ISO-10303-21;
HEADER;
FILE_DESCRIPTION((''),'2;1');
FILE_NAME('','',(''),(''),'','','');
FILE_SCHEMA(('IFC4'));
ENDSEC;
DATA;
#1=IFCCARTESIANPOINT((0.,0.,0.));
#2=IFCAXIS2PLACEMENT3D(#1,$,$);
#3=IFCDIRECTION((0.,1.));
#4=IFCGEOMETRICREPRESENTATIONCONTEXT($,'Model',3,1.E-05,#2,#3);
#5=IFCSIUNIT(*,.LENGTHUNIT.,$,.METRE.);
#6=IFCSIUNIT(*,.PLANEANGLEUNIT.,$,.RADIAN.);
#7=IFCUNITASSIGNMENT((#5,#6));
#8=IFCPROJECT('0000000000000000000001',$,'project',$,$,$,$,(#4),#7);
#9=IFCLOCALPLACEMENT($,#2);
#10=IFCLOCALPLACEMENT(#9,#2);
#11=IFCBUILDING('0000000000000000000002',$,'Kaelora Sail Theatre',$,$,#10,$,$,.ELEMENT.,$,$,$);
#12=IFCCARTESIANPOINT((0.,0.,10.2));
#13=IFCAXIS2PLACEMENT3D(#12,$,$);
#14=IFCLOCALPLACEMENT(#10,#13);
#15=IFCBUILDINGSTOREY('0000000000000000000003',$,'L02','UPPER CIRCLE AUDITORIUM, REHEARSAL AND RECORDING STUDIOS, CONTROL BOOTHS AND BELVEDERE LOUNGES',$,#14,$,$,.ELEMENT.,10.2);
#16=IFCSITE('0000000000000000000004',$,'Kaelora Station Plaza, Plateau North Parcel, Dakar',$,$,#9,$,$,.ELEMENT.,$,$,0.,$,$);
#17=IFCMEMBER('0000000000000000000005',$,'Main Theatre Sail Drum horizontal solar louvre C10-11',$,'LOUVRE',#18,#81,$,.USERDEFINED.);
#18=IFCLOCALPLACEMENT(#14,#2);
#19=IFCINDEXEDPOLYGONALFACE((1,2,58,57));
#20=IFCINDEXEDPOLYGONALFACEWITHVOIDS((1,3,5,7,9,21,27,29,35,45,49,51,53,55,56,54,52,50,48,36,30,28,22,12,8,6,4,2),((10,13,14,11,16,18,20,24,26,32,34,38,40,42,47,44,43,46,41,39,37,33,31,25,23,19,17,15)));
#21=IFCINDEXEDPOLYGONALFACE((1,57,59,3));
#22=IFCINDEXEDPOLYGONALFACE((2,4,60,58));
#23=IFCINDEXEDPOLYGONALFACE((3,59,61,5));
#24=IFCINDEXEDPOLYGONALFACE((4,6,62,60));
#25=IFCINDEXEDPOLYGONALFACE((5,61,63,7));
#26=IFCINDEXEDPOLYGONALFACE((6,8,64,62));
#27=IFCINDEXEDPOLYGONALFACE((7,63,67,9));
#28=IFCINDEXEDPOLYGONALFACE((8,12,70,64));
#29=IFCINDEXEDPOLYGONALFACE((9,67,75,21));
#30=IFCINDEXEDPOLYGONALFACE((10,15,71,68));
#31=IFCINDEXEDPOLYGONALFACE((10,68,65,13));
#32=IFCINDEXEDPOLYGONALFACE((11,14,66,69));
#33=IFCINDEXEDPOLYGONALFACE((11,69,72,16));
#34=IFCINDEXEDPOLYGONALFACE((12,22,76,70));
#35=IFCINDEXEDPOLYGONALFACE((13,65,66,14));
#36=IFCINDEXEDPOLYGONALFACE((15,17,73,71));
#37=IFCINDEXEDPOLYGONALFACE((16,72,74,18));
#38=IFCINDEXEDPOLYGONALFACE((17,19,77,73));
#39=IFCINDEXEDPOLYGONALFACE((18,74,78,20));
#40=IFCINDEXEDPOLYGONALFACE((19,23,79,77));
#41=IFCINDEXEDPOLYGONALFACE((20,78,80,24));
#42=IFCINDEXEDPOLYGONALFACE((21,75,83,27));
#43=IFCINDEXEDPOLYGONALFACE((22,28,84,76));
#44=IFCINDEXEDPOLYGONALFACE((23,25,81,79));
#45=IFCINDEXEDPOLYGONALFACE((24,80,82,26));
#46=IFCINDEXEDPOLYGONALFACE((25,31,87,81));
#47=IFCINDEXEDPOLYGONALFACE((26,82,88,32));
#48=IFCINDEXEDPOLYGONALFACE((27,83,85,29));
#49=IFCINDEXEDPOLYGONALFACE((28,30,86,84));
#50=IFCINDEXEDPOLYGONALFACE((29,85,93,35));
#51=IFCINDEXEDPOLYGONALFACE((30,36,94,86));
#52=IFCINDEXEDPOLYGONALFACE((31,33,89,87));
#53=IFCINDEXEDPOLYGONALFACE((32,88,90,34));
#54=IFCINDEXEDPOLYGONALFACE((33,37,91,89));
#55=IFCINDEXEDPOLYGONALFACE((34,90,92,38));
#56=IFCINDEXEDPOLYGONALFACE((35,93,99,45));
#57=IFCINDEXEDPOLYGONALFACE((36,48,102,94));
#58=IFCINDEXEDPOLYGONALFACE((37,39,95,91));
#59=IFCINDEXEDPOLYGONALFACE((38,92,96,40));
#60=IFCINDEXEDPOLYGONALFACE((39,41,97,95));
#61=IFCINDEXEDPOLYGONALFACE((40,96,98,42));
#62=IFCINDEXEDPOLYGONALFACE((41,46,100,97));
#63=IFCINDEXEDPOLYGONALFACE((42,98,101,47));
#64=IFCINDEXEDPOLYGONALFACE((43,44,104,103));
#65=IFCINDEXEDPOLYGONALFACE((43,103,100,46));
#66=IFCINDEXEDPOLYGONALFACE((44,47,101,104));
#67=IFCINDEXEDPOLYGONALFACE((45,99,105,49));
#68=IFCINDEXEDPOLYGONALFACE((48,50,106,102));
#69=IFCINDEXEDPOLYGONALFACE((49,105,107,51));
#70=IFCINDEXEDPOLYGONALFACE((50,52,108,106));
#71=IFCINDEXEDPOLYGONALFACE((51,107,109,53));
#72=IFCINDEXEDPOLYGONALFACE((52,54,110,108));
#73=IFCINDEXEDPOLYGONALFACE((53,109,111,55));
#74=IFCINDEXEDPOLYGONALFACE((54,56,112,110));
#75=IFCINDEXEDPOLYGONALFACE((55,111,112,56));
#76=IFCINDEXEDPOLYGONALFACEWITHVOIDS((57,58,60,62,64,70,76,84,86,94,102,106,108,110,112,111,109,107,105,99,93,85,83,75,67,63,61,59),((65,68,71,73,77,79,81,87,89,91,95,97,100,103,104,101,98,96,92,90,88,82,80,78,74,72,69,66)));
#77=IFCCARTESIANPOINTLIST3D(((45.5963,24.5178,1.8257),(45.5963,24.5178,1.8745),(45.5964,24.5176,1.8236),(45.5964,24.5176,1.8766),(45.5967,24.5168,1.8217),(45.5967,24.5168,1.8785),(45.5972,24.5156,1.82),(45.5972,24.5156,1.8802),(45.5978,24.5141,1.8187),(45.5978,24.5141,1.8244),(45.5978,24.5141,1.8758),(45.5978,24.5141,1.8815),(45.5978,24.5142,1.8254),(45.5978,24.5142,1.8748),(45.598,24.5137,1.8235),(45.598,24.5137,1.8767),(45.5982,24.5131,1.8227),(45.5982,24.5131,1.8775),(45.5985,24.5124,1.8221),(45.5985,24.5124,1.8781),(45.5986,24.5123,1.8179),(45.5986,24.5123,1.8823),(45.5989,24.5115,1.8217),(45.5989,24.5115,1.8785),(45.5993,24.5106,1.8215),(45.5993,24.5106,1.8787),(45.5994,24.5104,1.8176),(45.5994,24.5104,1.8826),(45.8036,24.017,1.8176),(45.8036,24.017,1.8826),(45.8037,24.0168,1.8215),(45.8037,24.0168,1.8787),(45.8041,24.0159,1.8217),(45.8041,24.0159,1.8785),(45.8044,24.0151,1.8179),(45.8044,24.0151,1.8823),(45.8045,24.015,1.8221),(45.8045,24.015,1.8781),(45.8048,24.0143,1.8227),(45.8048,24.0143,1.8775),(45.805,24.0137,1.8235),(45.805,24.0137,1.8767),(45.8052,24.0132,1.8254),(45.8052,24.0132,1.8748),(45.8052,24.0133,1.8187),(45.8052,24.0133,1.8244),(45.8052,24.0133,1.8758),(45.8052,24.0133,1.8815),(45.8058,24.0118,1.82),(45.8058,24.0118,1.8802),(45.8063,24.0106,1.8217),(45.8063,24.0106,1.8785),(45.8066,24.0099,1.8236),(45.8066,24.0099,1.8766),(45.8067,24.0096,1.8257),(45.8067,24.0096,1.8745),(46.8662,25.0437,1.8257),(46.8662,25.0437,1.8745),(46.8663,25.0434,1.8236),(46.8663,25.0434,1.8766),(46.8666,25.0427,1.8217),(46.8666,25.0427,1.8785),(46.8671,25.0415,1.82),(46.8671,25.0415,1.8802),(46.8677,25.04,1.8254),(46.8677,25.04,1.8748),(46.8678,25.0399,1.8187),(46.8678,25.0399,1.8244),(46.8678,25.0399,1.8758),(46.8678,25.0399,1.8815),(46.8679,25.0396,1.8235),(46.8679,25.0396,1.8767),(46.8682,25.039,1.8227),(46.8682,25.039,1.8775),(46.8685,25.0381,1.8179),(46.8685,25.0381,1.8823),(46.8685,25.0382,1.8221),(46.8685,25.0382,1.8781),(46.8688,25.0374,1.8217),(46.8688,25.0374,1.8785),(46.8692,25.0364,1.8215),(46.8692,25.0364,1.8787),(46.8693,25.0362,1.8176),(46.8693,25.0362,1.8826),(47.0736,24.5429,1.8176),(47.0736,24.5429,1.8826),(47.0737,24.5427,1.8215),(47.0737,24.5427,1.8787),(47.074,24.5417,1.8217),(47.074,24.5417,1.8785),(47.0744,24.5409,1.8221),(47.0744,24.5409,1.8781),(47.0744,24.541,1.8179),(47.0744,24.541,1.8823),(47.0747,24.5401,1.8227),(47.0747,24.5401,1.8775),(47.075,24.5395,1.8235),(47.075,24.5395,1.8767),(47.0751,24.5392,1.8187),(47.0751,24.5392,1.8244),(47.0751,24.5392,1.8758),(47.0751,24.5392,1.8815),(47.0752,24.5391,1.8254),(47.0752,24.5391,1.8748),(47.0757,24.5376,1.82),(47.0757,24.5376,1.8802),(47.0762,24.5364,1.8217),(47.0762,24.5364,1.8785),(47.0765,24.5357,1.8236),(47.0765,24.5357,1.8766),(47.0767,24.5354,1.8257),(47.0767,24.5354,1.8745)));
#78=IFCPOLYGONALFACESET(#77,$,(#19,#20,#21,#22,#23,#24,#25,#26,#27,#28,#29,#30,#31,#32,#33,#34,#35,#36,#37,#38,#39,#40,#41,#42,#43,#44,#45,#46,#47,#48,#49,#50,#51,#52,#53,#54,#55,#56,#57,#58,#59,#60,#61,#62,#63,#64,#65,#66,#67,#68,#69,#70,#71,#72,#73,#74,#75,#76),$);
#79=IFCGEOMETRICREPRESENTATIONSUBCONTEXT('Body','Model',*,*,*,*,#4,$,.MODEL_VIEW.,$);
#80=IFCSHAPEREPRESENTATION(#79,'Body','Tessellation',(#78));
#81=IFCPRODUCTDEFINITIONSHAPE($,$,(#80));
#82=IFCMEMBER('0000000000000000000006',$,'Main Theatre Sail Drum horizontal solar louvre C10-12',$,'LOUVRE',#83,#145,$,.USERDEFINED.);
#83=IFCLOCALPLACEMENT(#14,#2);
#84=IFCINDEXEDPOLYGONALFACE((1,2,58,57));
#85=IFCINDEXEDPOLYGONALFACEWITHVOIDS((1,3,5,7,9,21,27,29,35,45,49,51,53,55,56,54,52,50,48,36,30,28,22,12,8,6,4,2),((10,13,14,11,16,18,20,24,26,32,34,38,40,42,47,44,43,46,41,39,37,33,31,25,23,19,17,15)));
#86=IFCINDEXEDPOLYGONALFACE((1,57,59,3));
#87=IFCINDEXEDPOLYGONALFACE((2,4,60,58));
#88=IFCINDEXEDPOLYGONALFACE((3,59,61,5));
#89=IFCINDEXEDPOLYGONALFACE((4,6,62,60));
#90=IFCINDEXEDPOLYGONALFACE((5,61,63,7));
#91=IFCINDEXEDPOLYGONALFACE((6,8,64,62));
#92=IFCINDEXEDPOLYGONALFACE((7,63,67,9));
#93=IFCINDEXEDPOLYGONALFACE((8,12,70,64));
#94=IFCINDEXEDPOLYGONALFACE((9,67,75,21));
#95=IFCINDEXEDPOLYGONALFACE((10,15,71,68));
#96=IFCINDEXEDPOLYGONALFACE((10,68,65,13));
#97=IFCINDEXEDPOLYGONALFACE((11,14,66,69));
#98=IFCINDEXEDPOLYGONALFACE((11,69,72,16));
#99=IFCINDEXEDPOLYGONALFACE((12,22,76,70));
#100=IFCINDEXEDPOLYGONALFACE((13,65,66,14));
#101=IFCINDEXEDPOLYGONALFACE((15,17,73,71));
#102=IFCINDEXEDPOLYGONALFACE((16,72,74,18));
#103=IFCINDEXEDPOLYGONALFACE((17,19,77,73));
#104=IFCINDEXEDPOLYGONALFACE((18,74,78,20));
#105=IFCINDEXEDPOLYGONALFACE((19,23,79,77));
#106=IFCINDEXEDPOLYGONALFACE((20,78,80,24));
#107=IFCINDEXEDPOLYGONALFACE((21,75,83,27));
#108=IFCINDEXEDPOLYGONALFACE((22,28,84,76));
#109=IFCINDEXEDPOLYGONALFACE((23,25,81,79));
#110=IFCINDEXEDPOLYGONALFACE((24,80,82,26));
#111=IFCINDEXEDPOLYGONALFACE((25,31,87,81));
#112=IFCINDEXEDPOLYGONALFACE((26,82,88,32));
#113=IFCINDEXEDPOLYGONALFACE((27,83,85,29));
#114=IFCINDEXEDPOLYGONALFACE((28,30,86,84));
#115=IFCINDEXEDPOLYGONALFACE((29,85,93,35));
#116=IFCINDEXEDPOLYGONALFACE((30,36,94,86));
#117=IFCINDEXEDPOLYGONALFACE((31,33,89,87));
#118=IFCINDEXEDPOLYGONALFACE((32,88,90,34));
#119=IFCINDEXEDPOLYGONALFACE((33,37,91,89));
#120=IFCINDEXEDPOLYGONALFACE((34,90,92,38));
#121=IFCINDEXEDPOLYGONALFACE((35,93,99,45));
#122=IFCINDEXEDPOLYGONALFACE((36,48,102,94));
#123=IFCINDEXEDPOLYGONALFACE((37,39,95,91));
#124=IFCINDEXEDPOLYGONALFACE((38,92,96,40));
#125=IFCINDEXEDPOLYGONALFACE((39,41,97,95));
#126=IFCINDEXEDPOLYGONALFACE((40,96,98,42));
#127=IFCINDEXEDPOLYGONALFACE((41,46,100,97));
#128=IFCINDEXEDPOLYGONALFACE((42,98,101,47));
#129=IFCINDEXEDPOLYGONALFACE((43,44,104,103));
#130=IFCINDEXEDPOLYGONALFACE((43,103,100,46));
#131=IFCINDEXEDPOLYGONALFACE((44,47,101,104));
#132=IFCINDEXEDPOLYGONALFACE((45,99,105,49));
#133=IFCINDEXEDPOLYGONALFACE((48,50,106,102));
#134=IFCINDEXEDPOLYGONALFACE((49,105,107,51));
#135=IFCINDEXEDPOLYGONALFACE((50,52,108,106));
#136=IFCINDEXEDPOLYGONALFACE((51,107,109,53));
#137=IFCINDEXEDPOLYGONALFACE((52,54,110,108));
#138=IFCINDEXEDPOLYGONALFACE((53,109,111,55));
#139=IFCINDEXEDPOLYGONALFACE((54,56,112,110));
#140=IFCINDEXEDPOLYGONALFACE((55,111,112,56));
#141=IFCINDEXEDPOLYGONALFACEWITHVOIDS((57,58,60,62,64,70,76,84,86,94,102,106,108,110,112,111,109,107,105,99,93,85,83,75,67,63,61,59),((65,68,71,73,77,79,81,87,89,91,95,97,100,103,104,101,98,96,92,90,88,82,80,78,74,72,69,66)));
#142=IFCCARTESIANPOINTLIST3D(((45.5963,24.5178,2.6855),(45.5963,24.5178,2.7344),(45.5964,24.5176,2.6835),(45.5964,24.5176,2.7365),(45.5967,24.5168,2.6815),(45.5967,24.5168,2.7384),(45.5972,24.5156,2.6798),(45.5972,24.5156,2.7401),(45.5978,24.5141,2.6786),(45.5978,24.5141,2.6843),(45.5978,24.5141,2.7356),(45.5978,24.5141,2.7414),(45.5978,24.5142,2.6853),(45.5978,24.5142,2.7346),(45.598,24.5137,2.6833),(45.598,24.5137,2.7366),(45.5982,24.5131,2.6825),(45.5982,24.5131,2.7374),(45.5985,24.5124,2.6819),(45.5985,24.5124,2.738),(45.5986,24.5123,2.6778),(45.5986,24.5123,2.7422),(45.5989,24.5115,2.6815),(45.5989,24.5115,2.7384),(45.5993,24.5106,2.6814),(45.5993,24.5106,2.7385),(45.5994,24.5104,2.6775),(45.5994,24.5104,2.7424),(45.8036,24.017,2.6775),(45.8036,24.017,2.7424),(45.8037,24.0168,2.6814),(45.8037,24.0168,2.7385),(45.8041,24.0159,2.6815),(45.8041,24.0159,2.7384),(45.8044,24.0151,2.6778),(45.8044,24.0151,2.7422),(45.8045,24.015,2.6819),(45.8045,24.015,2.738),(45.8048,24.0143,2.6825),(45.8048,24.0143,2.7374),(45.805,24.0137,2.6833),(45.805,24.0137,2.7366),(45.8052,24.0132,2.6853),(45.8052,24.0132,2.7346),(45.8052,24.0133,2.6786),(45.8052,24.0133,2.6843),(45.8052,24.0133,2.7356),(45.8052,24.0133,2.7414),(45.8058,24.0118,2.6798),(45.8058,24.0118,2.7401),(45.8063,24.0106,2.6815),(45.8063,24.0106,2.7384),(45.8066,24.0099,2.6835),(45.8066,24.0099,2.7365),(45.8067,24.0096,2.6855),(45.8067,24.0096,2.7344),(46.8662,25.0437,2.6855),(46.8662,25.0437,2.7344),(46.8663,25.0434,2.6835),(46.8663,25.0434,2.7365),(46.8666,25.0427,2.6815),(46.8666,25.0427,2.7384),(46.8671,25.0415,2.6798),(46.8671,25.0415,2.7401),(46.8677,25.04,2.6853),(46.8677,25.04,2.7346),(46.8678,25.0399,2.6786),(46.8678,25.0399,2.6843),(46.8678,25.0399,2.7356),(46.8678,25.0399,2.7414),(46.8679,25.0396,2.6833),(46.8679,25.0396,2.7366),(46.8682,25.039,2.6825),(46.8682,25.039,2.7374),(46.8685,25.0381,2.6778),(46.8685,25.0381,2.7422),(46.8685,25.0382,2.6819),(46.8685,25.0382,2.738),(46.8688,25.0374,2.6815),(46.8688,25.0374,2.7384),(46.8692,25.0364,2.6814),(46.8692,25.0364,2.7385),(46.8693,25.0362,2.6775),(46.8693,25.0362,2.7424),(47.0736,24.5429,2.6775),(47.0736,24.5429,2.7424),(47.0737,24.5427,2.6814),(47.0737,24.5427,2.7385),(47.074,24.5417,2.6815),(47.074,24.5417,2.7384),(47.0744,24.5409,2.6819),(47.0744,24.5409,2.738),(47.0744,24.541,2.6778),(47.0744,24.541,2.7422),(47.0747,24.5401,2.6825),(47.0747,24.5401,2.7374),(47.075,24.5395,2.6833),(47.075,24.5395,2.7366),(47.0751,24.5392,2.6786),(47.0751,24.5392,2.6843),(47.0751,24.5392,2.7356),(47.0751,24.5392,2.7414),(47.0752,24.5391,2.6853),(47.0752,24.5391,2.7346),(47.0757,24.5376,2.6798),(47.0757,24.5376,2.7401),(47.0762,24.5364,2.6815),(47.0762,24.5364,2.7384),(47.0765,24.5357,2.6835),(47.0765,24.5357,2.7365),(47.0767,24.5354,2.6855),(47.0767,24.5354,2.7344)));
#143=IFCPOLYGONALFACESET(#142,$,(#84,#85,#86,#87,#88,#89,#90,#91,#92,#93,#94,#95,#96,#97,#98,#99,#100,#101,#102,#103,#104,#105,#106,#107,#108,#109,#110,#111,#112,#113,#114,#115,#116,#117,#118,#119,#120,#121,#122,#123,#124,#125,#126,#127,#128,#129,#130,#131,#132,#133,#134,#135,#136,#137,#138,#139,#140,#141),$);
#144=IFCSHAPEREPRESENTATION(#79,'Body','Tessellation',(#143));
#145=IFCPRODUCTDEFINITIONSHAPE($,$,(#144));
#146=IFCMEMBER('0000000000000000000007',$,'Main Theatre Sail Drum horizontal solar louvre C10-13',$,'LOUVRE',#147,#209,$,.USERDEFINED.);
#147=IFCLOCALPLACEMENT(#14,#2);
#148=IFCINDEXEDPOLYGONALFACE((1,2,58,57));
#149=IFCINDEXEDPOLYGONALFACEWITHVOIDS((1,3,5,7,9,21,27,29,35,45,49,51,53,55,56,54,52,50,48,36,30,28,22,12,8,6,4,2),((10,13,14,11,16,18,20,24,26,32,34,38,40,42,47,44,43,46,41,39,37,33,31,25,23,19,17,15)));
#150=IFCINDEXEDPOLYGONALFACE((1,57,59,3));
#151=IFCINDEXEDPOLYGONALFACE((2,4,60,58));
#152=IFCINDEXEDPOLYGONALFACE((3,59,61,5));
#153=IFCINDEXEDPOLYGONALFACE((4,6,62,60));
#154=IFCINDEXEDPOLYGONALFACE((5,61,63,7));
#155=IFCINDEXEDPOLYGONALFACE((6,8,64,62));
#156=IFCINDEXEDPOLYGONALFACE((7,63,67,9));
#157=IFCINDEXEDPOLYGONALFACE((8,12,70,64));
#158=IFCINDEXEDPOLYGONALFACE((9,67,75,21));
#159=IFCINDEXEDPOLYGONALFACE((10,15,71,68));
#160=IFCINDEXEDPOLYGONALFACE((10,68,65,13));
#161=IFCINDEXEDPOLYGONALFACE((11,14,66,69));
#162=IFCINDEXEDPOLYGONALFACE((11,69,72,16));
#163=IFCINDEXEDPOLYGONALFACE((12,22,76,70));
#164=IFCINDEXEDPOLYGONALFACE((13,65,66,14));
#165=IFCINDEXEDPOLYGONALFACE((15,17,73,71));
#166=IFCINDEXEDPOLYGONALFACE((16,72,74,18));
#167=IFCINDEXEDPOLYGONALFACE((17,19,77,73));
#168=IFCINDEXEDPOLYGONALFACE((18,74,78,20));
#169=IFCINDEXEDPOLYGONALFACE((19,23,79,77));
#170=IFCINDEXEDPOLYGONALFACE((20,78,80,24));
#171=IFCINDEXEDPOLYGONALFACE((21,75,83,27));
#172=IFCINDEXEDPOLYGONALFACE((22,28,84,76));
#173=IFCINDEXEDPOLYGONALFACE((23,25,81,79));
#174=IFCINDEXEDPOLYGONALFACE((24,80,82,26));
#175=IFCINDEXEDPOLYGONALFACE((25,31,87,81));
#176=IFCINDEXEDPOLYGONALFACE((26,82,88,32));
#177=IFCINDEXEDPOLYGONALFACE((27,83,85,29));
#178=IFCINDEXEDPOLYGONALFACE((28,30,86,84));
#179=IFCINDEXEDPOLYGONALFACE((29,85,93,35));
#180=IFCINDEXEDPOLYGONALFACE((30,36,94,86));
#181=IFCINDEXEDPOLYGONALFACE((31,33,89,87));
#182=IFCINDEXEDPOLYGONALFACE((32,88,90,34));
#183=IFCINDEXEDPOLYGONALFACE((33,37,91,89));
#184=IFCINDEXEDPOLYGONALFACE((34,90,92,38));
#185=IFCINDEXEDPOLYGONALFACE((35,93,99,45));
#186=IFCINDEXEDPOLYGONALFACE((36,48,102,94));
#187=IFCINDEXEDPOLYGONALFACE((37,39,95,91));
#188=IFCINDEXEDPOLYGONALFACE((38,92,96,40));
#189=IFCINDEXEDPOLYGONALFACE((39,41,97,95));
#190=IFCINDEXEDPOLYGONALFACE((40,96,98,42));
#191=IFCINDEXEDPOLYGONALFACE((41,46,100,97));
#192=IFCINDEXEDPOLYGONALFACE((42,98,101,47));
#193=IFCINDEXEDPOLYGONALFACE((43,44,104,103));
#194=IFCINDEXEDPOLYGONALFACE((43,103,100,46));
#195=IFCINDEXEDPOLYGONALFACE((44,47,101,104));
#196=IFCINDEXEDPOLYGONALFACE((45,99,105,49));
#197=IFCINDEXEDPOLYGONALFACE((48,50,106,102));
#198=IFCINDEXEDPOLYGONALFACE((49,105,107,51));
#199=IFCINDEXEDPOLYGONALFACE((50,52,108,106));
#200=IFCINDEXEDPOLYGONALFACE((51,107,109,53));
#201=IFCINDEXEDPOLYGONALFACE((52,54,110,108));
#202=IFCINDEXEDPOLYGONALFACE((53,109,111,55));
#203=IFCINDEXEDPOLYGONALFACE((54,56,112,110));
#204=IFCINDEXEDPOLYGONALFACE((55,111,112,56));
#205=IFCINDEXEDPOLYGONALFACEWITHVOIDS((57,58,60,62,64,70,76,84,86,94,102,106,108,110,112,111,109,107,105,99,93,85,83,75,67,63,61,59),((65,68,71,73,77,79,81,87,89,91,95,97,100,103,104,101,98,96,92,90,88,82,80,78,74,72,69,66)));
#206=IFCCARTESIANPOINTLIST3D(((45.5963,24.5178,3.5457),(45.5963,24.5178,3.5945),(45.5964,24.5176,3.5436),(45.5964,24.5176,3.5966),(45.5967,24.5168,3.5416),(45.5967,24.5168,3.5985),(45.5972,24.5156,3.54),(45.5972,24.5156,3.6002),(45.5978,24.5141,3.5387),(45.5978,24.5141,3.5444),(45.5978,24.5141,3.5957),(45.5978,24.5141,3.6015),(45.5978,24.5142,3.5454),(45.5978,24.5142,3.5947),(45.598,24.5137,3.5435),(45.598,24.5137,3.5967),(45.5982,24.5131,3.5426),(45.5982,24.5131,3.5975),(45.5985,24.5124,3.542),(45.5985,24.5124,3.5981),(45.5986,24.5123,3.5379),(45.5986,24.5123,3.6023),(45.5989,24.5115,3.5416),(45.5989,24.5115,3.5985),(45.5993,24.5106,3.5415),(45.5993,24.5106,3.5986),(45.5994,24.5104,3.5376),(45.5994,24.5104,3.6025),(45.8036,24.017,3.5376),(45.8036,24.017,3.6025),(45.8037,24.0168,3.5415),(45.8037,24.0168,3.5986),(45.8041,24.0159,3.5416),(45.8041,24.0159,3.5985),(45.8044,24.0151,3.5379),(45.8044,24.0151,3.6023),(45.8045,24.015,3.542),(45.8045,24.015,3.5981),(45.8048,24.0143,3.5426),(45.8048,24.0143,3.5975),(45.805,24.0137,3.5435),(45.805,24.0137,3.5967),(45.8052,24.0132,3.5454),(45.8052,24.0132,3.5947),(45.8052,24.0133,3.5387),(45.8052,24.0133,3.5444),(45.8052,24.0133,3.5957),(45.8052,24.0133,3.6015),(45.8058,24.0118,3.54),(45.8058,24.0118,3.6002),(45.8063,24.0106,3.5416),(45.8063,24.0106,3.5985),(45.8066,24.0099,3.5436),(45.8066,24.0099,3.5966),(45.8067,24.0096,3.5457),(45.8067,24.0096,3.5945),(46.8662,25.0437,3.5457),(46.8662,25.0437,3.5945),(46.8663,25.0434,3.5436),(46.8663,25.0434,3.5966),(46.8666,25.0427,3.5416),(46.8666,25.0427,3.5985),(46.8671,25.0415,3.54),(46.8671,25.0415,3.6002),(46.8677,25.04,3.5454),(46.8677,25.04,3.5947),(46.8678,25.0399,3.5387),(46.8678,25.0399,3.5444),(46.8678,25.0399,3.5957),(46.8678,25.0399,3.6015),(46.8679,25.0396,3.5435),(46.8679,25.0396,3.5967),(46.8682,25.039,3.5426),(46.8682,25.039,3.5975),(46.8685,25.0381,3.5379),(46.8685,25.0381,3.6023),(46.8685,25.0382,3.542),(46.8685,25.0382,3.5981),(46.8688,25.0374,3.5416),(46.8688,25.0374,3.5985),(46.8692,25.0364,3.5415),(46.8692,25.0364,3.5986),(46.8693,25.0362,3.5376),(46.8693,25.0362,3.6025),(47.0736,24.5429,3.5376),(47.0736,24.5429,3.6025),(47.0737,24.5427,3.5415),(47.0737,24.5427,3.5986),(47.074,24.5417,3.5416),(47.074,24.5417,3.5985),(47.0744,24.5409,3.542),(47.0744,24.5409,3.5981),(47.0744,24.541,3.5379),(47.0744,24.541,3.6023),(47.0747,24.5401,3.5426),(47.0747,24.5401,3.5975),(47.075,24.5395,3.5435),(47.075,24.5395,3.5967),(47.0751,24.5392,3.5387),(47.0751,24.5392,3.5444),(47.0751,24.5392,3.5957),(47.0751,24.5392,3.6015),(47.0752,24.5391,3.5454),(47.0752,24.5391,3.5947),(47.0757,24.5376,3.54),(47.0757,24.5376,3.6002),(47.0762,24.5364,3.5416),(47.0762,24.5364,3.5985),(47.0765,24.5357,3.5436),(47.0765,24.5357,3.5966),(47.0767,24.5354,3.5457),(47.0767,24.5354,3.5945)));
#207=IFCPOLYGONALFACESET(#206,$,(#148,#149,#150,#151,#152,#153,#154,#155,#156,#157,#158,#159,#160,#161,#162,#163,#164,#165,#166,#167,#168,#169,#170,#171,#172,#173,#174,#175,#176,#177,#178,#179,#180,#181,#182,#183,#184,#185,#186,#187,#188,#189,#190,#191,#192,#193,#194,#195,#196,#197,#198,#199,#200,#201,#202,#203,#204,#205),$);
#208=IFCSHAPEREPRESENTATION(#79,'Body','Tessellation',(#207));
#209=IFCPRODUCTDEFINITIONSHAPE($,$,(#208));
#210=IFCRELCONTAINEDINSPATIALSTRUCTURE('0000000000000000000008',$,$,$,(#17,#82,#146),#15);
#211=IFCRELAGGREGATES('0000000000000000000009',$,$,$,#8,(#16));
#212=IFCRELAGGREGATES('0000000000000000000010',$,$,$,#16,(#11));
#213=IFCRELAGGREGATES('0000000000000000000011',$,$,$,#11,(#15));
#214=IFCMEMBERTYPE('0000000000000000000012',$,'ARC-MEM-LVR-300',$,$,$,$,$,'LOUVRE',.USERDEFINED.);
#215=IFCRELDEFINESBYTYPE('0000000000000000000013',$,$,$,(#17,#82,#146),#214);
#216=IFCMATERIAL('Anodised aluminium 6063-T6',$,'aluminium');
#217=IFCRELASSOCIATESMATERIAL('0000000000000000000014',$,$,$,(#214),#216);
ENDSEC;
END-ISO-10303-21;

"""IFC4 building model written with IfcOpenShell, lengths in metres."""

from ifc_helpers import new_model, si_unit, direction, frame, origin, origin_2d, place, context, subcontext, project, spatial, hollow_rectangle, extrude, material, material_profile, profile_set, type_object, element, save


model = new_model("IFC4")

# Units and contexts
model_context = context("Model", 3, precision=1e-05, world=origin(), true_north=direction((0.0, 1.0)))
body_context = subcontext(model_context, "Body", "Model", "MODEL_VIEW")
ifc_project = project(units=[si_unit("LENGTHUNIT", "METRE"), si_unit("PLANEANGLEUNIT", "RADIAN")], contexts=[model_context])

# Site, building, storey
site_placement = place(None, origin())
site = spatial("IfcSite", under=ifc_project, at=site_placement, Name="Kaelora Station Plaza, Plateau North Parcel, Dakar", CompositionType="ELEMENT", RefElevation=0.0)
building_placement = place(site_placement, origin())
building = spatial("IfcBuilding", under=site, at=building_placement, Name="Kaelora Sail Theatre", CompositionType="ELEMENT")
storey_placement = place(building_placement, frame((0.0, 0.0, 10.2)))
storey = spatial("IfcBuildingStorey", under=building, at=storey_placement, Name="L02", Description="UPPER CIRCLE AUDITORIUM, REHEARSAL AND RECORDING STUDIOS, CONTROL BOOTHS AND BELVEDERE LOUNGES", CompositionType="ELEMENT", Elevation=10.2)

# Members
ifc_material_1 = material(Name="Anodised aluminium 6063-T6", Category="aluminium")
ifc_material_profile_1 = material_profile(ifc_material_1, hollow_rectangle(XDim=0.55, YDim=0.0649, WallThickness=0.0039, InnerFilletRadius=0.0039, OuterFilletRadius=0.0081, at=origin_2d()), Name="LOUVRE 550x65x4")
ifc_profile_set_1 = profile_set([ifc_material_profile_1], Name="Anodised aluminium 6063-T6")
member_type = type_object("IfcMemberType", Name="ARC-MEM-LVR-300", ElementType="LOUVRE", PredefinedType="USERDEFINED", material=ifc_profile_set_1)
for number, where, z_axis, x_axis, name in (
    (1, (46.9714, 24.7896, 1.8501), (-0.923926, -0.382571, 0.0), (0.382571, -0.923926, 0.0), "Main Theatre Sail Drum horizontal solar louvre C10-11"),
    (2, (46.9714, 24.7896, 2.71), (-0.923926, -0.382571, 0.0), (0.382571, -0.923926, 0.0), "Main Theatre Sail Drum horizontal solar louvre C10-12"),
    (3, (46.9714, 24.7896, 3.5701), (-0.923926, -0.382571, 0.0), (0.382571, -0.923926, 0.0), "Main Theatre Sail Drum horizontal solar louvre C10-13"),
):
    element("IfcMember", number, at=place(storey_placement, frame(where, z_axis=z_axis, x_axis=x_axis)), inside=storey, type_object=member_type, Name=name, ObjectType="LOUVRE", PredefinedType="USERDEFINED", context=body_context, shape_type="SweptSolid", body=[
        extrude(hollow_rectangle(XDim=0.55, YDim=0.0649, WallThickness=0.0039, InnerFilletRadius=0.0039, OuterFilletRadius=0.0081, at=origin_2d()), origin(), (0.0, 0.0, 1.0), 1.3745),
    ])

save(model, "model.ifc")
